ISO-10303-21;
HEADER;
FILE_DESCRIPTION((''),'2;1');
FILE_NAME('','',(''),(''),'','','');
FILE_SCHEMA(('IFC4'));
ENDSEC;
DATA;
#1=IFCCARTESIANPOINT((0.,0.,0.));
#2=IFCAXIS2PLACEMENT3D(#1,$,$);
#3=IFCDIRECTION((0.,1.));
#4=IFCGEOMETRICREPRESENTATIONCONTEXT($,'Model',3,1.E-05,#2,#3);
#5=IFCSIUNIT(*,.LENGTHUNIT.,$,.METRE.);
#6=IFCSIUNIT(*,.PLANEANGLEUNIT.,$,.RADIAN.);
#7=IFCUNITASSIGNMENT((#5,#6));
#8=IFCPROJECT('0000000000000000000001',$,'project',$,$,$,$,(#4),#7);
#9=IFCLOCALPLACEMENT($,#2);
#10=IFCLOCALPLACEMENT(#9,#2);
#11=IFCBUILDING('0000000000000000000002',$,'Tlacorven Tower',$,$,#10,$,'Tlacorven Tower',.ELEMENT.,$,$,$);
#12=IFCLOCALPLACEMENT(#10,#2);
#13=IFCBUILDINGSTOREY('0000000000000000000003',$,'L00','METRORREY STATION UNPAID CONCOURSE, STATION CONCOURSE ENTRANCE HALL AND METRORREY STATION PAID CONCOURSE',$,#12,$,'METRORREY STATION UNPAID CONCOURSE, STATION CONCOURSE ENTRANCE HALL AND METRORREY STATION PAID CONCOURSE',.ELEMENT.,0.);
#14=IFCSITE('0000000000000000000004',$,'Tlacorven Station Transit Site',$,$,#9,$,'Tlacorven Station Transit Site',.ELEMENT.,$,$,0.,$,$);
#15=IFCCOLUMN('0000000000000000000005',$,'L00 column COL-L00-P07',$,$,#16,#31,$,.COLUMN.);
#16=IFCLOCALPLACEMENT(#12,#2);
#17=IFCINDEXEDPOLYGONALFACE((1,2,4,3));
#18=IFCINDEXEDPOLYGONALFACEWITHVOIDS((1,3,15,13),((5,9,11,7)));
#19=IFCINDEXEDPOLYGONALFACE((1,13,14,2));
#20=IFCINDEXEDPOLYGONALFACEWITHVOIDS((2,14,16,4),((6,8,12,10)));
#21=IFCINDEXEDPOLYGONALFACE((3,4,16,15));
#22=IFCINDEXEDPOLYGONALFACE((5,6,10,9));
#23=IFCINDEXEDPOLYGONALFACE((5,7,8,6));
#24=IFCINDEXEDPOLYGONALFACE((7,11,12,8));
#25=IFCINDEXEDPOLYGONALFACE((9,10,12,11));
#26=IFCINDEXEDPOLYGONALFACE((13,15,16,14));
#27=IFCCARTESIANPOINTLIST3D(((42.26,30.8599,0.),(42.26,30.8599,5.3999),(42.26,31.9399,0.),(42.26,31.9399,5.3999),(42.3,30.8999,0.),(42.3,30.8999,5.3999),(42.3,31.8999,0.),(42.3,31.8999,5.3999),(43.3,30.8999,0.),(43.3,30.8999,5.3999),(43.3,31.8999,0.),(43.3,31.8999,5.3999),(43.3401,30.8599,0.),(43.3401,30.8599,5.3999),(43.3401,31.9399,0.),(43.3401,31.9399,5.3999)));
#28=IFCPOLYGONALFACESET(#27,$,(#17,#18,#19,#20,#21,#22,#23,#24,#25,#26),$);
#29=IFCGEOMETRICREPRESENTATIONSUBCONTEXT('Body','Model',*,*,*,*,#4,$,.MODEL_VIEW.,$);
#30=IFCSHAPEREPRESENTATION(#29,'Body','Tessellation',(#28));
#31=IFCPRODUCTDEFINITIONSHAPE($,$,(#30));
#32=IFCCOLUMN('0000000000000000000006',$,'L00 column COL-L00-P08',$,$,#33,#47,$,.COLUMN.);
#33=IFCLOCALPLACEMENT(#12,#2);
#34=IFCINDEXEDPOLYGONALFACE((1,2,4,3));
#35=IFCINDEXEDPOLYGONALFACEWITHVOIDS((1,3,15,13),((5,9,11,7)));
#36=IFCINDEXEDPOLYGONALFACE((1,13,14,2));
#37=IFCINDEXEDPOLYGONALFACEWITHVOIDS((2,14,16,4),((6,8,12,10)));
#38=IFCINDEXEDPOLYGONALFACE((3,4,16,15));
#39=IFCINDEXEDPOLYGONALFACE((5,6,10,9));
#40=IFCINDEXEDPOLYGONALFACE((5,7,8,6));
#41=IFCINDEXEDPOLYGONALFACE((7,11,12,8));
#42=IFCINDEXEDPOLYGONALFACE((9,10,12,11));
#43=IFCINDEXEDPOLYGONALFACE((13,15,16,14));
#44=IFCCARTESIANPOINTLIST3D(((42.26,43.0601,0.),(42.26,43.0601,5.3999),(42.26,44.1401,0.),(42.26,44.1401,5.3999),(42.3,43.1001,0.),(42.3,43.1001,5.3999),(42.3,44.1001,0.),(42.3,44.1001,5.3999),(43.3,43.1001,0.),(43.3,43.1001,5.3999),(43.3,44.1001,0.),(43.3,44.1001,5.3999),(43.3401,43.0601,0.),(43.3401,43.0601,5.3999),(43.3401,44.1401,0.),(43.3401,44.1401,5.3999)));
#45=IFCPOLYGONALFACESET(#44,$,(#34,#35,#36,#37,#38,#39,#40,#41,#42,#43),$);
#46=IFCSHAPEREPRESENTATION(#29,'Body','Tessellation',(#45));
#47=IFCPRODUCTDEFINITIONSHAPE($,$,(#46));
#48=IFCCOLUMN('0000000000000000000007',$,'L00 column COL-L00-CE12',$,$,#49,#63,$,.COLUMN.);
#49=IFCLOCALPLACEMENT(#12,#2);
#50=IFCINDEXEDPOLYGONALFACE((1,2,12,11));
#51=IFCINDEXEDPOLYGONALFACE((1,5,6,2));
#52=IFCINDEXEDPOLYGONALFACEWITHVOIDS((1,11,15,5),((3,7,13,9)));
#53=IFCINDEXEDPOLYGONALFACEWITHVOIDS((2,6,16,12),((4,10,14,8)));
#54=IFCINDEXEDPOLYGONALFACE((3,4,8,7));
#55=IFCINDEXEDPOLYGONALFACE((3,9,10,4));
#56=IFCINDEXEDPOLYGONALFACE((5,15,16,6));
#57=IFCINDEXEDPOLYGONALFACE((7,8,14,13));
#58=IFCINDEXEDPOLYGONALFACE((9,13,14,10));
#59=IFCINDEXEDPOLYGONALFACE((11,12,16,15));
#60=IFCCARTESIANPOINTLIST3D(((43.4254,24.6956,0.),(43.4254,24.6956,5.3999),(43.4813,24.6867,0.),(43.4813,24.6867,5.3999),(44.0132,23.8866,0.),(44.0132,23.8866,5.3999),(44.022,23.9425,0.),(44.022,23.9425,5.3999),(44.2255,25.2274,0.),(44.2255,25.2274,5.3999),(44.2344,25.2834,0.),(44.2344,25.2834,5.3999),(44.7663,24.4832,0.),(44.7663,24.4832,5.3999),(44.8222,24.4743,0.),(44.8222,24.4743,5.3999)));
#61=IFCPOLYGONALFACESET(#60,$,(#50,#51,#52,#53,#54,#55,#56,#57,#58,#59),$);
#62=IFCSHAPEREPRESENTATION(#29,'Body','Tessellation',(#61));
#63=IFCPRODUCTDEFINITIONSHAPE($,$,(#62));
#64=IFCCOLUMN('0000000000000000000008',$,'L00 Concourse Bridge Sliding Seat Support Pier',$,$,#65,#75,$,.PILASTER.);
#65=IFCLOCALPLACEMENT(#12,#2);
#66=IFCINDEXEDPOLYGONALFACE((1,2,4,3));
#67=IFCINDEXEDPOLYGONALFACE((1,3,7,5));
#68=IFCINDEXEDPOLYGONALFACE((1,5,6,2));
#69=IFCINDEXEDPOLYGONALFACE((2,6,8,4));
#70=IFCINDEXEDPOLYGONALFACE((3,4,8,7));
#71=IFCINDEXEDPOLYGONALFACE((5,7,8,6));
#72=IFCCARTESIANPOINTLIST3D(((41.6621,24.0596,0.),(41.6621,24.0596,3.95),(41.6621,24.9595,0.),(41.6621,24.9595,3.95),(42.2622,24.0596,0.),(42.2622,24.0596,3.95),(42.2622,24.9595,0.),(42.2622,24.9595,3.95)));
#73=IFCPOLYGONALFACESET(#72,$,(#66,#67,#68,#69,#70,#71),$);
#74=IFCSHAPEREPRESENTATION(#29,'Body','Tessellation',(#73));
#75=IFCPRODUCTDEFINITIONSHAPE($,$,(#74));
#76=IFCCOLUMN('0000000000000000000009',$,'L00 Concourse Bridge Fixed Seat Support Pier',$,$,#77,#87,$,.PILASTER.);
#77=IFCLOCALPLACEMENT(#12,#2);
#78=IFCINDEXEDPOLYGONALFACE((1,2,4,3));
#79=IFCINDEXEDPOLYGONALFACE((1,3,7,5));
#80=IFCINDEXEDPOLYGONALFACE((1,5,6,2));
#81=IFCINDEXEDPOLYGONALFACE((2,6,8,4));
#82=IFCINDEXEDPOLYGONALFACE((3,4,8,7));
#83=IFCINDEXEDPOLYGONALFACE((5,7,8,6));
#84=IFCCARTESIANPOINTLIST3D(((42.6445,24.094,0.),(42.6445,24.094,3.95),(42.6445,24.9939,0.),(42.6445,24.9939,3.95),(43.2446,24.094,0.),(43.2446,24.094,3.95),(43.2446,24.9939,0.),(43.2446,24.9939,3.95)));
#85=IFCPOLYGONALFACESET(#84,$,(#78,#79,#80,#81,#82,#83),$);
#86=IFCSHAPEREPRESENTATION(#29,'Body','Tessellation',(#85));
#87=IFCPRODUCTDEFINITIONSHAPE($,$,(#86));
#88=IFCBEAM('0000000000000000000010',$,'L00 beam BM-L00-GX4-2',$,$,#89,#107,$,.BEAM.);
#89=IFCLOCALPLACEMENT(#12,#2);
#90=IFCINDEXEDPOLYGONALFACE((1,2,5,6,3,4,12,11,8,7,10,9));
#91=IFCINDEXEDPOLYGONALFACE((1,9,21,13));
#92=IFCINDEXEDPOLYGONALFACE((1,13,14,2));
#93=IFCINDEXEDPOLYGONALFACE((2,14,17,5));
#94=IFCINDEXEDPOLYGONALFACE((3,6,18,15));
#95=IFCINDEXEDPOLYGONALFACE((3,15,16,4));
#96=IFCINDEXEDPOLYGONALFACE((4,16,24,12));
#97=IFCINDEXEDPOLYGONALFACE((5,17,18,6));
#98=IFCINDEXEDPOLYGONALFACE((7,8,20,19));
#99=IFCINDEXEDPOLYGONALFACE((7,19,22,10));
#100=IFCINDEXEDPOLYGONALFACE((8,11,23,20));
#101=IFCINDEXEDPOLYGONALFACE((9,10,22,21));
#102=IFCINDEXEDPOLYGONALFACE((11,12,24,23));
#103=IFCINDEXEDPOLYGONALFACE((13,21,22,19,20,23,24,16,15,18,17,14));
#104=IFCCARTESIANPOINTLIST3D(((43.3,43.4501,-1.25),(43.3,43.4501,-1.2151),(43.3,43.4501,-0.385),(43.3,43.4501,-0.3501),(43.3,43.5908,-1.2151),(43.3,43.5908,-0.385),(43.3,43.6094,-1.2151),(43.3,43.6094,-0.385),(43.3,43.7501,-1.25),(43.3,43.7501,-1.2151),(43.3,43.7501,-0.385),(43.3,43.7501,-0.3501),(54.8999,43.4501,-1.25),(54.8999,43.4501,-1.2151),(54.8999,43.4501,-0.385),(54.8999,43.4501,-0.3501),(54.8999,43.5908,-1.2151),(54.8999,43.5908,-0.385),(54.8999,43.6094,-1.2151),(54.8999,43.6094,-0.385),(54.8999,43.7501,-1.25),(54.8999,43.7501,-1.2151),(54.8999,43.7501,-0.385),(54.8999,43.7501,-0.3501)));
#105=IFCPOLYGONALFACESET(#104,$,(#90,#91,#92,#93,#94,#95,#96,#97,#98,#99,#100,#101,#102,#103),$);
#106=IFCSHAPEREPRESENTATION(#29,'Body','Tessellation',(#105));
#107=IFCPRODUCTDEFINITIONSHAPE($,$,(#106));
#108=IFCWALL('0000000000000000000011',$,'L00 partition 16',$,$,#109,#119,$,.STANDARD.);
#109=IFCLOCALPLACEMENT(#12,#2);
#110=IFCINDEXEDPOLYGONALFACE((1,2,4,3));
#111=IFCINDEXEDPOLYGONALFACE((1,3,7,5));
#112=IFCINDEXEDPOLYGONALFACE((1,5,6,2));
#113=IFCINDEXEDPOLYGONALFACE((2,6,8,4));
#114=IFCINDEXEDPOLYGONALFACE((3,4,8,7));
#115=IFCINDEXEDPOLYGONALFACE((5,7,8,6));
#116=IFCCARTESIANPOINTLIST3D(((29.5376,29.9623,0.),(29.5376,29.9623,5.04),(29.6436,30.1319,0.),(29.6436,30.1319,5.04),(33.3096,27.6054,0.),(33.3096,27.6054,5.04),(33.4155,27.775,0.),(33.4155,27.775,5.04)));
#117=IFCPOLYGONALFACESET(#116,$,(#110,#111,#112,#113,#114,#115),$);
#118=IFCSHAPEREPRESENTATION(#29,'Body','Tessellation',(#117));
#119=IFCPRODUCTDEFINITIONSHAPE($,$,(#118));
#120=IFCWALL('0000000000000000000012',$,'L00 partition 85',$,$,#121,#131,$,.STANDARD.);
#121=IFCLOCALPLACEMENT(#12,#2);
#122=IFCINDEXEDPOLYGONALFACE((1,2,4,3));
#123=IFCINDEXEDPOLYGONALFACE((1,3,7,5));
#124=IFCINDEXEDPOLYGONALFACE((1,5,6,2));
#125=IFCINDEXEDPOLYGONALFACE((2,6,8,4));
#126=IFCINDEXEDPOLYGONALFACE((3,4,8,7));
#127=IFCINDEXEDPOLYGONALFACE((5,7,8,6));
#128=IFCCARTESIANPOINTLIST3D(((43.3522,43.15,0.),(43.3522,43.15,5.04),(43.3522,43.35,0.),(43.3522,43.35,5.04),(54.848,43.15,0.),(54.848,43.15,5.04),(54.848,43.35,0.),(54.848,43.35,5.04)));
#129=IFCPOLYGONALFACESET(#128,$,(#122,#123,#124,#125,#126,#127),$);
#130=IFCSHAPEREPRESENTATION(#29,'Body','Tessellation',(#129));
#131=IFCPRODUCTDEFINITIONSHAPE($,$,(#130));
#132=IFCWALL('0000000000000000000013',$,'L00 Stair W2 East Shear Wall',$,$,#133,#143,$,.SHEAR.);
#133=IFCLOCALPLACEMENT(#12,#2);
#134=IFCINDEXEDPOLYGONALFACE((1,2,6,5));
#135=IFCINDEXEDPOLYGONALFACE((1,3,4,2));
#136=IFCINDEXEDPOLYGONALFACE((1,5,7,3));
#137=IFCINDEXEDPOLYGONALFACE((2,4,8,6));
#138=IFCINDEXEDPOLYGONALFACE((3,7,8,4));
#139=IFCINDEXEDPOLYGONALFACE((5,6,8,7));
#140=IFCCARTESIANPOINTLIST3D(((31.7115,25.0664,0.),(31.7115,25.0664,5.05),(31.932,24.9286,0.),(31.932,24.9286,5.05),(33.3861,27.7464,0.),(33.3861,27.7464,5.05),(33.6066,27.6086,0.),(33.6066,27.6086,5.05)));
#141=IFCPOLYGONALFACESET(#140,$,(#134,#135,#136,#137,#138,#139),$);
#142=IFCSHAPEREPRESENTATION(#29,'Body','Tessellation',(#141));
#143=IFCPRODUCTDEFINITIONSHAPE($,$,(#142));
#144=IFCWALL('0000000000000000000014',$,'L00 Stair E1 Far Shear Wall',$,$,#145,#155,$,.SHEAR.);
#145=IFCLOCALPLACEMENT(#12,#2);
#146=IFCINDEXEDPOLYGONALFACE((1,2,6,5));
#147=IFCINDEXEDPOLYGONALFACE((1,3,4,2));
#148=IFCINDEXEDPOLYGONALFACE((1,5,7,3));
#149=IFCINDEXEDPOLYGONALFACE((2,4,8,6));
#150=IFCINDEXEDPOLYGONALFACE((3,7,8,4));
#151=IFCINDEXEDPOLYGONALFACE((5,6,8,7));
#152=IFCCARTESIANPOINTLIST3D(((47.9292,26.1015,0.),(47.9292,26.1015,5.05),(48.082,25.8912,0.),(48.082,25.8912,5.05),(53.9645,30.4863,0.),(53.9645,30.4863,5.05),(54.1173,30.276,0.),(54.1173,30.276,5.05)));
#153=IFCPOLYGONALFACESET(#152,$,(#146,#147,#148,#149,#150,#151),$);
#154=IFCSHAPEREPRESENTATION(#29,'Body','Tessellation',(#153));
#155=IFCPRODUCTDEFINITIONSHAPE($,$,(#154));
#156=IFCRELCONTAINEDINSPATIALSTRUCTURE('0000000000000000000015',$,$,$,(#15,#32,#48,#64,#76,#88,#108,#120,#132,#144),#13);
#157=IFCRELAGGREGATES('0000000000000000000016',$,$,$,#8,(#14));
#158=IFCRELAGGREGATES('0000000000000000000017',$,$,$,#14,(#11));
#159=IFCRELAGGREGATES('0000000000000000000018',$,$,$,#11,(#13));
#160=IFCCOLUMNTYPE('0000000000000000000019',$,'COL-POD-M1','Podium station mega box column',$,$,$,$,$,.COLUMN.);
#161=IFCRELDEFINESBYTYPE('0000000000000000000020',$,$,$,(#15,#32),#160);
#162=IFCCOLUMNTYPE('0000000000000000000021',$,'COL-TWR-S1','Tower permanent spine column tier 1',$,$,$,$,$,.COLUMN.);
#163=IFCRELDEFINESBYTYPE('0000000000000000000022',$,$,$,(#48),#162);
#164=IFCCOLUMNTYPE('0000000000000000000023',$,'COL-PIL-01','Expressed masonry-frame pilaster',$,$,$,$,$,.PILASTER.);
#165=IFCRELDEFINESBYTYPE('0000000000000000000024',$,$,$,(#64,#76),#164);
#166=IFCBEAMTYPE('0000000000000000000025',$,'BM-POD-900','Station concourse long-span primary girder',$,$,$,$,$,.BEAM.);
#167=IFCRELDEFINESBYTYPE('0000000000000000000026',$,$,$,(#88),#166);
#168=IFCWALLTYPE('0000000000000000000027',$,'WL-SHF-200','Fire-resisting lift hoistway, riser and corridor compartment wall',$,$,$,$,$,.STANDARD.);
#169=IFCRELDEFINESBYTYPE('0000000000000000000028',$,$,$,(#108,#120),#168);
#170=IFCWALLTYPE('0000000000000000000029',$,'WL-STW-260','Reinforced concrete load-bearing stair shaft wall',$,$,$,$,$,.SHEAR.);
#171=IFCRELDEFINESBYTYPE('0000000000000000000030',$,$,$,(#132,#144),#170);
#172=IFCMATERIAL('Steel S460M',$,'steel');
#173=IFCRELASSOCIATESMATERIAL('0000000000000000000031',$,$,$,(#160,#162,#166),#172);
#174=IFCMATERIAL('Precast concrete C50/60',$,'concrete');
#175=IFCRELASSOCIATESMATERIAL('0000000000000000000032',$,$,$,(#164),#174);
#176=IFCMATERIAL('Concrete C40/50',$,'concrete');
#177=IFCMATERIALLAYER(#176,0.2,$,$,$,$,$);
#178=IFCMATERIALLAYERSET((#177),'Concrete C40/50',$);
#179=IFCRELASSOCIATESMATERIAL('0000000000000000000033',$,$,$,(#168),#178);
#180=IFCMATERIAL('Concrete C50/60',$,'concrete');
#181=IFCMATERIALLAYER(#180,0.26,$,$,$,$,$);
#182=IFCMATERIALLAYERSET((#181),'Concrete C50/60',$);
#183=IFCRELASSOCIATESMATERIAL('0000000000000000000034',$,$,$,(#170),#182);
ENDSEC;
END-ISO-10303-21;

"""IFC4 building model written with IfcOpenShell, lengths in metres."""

from ifc_helpers import new_model, si_unit, direction, frame, frame_2d, origin, origin_2d, place, context, subcontext, project, spatial, rectangle, hollow_rectangle, i_section, extrude, source, transform, mapped, material, layer, layer_set, material_profile, profile_set, type_object, element, save


model = new_model("IFC4")

# Units and contexts
model_context = context("Model", 3, precision=1e-05, world=origin(), true_north=direction((0.0, 1.0)))
body_context = subcontext(model_context, "Body", "Model", "MODEL_VIEW")
ifc_project = project(units=[si_unit("LENGTHUNIT", "METRE"), si_unit("PLANEANGLEUNIT", "RADIAN")], contexts=[model_context])

# Site, building, storey
site_placement = place(None, origin())
site = spatial("IfcSite", under=ifc_project, at=site_placement, Name="Tlacorven Station Transit Site", LongName="Tlacorven Station Transit Site", CompositionType="ELEMENT", RefElevation=0.0)
building_placement = place(site_placement, origin())
building = spatial("IfcBuilding", under=site, at=building_placement, Name="Tlacorven Tower", LongName="Tlacorven Tower", CompositionType="ELEMENT")
storey_placement = place(building_placement, origin())
storey = spatial("IfcBuildingStorey", under=building, at=storey_placement, Name="L00", Description="METRORREY STATION UNPAID CONCOURSE, STATION CONCOURSE ENTRANCE HALL AND METRORREY STATION PAID CONCOURSE", LongName="METRORREY STATION UNPAID CONCOURSE, STATION CONCOURSE ENTRANCE HALL AND METRORREY STATION PAID CONCOURSE", CompositionType="ELEMENT", Elevation=0.0)

# Columns
ifc_material_1 = material(Name="Steel S460M", Category="steel")
ifc_material_profile_1 = material_profile(ifc_material_1, hollow_rectangle(XDim=1.0801, YDim=1.0801, WallThickness=0.04, at=origin_2d()), Name="BOX 1080X1080X40")
ifc_profile_set_1 = profile_set([ifc_material_profile_1], Name="Steel S460M")
column_type_1 = type_object("IfcColumnType", Name="COL-POD-M1", Description="Podium station mega box column", PredefinedType="COLUMN", material=ifc_profile_set_1)
shared_shape_1 = source(origin(), body_context, "Body", "SweptSolid", [
    extrude(hollow_rectangle(XDim=1.0801, YDim=1.0801, WallThickness=0.04, at=origin_2d()), origin(), (0.0, 0.0, 1.0), 5.3999),
])
for number, where, z_axis, x_axis, name in (
    (1, (42.8, 31.3999, 0.0), (0.0, 0.0, 1.0), (1.0, 0.0, 0.0), "L00 column COL-L00-P07"),
    (2, (42.8, 43.6001, 0.0), (0.0, 0.0, 1.0), (1.0, 0.0, 0.0), "L00 column COL-L00-P08"),
):
    element("IfcColumn", number, at=place(storey_placement, frame(where, z_axis=z_axis, x_axis=x_axis)), inside=storey, type_object=column_type_1, Name=name, PredefinedType="COLUMN", context=body_context, shape_type="MappedRepresentation", body=[
        mapped(shared_shape_1, transform((0.0, 0.0, 0.0), scale=1.0)),
    ])
ifc_material_profile_2 = material_profile(ifc_material_1, hollow_rectangle(XDim=1.0, YDim=1.0, WallThickness=0.04, at=origin_2d()), Name="BOX 1000X1000X40")
ifc_profile_set_2 = profile_set([ifc_material_profile_2], Name="Steel S460M")
column_type_2 = type_object("IfcColumnType", Name="COL-TWR-S1", Description="Tower permanent spine column tier 1", PredefinedType="COLUMN", material=ifc_profile_set_2)
shared_shape_2 = source(origin(), body_context, "Body", "SweptSolid", [
    extrude(hollow_rectangle(XDim=1.0, YDim=1.0, WallThickness=0.04, at=origin_2d()), origin(), (0.0, 0.0, 1.0), 5.3999),
])
column_placement = place(storey_placement, frame((44.1238, 24.585, 0.0), z_axis=(0.0, 0.0, 1.0), x_axis=(0.809017, 0.587785, 0.0)))
element("IfcColumn", 3, at=column_placement, inside=storey, type_object=column_type_2, Name="L00 column COL-L00-CE12", PredefinedType="COLUMN", context=body_context, shape_type="MappedRepresentation", body=[
    mapped(shared_shape_2, transform((0.0, 0.0, 0.0), scale=1.0)),
])
ifc_material_2 = material(Name="Precast concrete C50/60", Category="concrete")
ifc_material_profile_3 = material_profile(ifc_material_2, rectangle(XDim=0.6001, YDim=0.8999, at=origin_2d()), Name="RC 600X900")
ifc_profile_set_3 = profile_set([ifc_material_profile_3], Name="Precast concrete C50/60")
column_type_3 = type_object("IfcColumnType", Name="COL-PIL-01", Description="Expressed masonry-frame pilaster", PredefinedType="PILASTER", material=ifc_profile_set_3)
shared_shape_3 = source(origin(), body_context, "Body", "SweptSolid", [
    extrude(rectangle(XDim=0.6001, YDim=0.8999, at=origin_2d()), origin(), (0.0, 0.0, 1.0), 3.95),
])
for number, where, z_axis, x_axis, name in (
    (4, (41.9622, 24.5095, 0.0), (0.0, 0.0, 1.0), (1.0, 0.0, 0.0), "L00 Concourse Bridge Sliding Seat Support Pier"),
    (5, (42.9446, 24.5439, 0.0), (0.0, 0.0, 1.0), (1.0, 0.0, 0.0), "L00 Concourse Bridge Fixed Seat Support Pier"),
):
    element("IfcColumn", number, at=place(storey_placement, frame(where, z_axis=z_axis, x_axis=x_axis)), inside=storey, type_object=column_type_3, Name=name, PredefinedType="PILASTER", context=body_context, shape_type="MappedRepresentation", body=[
        mapped(shared_shape_3, transform((0.0, 0.0, 0.0), scale=1.0)),
    ])

# Beam
ifc_material_profile_4 = material_profile(ifc_material_1, i_section(OverallWidth=0.3, OverallDepth=0.8999, WebThickness=0.0186, FlangeThickness=0.0349, at=origin_2d()), Name="HEB 900")
ifc_profile_set_4 = profile_set([ifc_material_profile_4], Name="Steel S460M")
beam_type = type_object("IfcBeamType", Name="BM-POD-900", Description="Station concourse long-span primary girder", PredefinedType="BEAM", material=ifc_profile_set_4)
shared_shape_4 = source(origin(), body_context, "Body", "SweptSolid", [
    extrude(i_section(OverallWidth=0.3, OverallDepth=0.8999, WebThickness=0.0186, FlangeThickness=0.0349, at=origin_2d()), origin(), (0.0, 0.0, 1.0), 11.5999),
])
beam_placement = place(storey_placement, frame((43.3, 43.6001, -0.8), z_axis=(1.0, 0.0, 0.0), x_axis=(0.0, 1.0, 0.0)))
element("IfcBeam", 6, at=beam_placement, inside=storey, type_object=beam_type, Name="L00 beam BM-L00-GX4-2", PredefinedType="BEAM", context=body_context, shape_type="MappedRepresentation", body=[
    mapped(shared_shape_4, transform((0.0, 0.0, 0.0), scale=1.0)),
])

# Walls
ifc_material_3 = material(Name="Concrete C40/50", Category="concrete")
ifc_layer_1 = layer(ifc_material_3, 0.2)
ifc_layer_set_1 = layer_set([ifc_layer_1], Name="Concrete C40/50")
wall_type_1 = type_object("IfcWallType", Name="WL-SHF-200", Description="Fire-resisting lift hoistway, riser and corridor compartment wall", PredefinedType="STANDARD", material=ifc_layer_set_1)
wall_1_placement = place(storey_placement, frame((33.3625, 27.6902, 0.0), z_axis=(0.0, 0.0, 1.0), x_axis=(-0.848054, 0.52991, 0.0)))
element("IfcWall", 7, at=wall_1_placement, inside=storey, type_object=wall_type_1, Name="L00 partition 16", PredefinedType="STANDARD", context=body_context, shape_type="SweptSolid", body=[
    extrude(rectangle(XDim=4.4478, YDim=0.2, at=frame_2d((2.2239, 0.0))), origin(), (0.0, 0.0, 1.0), 5.04),
])
wall_2_placement = place(storey_placement, frame((43.3521, 43.25, 0.0), z_axis=(0.0, 0.0, 1.0), x_axis=(1.0, 0.0, 0.0)))
element("IfcWall", 8, at=wall_2_placement, inside=storey, type_object=wall_type_1, Name="L00 partition 85", PredefinedType="STANDARD", context=body_context, shape_type="SweptSolid", body=[
    extrude(rectangle(XDim=11.4958, YDim=0.2, at=frame_2d((5.748, 0.0))), origin(), (0.0, 0.0, 1.0), 5.04),
])
ifc_material_4 = material(Name="Concrete C50/60", Category="concrete")
ifc_layer_2 = layer(ifc_material_4, 0.26)
ifc_layer_set_2 = layer_set([ifc_layer_2], Name="Concrete C50/60")
wall_type_2 = type_object("IfcWallType", Name="WL-STW-260", Description="Reinforced concrete load-bearing stair shaft wall", PredefinedType="SHEAR", material=ifc_layer_set_2)
wall_3_placement = place(storey_placement, frame((33.4963, 27.6775, 0.0), z_axis=(0.0, 0.0, 1.0), x_axis=(-0.529909, -0.848055, 0.0)))
element("IfcWall", 9, at=wall_3_placement, inside=storey, type_object=wall_type_2, Name="L00 Stair W2 East Shear Wall", PredefinedType="SHEAR", context=body_context, shape_type="SweptSolid", body=[
    extrude(rectangle(XDim=3.1602, YDim=0.26, at=frame_2d((1.5801, 0.0))), origin(), (0.0, 0.0, 1.0), 5.05),
])
wall_4_placement = place(storey_placement, frame((48.0056, 25.9963, 0.0), z_axis=(0.0, 0.0, 1.0), x_axis=(0.809019, 0.587782, 0.0)))
element("IfcWall", 10, at=wall_4_placement, inside=storey, type_object=wall_type_2, Name="L00 Stair E1 Far Shear Wall", PredefinedType="SHEAR", context=body_context, shape_type="SweptSolid", body=[
    extrude(rectangle(XDim=7.46, YDim=0.26, at=frame_2d((3.73, 0.0))), origin(), (0.0, 0.0, 1.0), 5.05),
])

save(model, "model.ifc")
